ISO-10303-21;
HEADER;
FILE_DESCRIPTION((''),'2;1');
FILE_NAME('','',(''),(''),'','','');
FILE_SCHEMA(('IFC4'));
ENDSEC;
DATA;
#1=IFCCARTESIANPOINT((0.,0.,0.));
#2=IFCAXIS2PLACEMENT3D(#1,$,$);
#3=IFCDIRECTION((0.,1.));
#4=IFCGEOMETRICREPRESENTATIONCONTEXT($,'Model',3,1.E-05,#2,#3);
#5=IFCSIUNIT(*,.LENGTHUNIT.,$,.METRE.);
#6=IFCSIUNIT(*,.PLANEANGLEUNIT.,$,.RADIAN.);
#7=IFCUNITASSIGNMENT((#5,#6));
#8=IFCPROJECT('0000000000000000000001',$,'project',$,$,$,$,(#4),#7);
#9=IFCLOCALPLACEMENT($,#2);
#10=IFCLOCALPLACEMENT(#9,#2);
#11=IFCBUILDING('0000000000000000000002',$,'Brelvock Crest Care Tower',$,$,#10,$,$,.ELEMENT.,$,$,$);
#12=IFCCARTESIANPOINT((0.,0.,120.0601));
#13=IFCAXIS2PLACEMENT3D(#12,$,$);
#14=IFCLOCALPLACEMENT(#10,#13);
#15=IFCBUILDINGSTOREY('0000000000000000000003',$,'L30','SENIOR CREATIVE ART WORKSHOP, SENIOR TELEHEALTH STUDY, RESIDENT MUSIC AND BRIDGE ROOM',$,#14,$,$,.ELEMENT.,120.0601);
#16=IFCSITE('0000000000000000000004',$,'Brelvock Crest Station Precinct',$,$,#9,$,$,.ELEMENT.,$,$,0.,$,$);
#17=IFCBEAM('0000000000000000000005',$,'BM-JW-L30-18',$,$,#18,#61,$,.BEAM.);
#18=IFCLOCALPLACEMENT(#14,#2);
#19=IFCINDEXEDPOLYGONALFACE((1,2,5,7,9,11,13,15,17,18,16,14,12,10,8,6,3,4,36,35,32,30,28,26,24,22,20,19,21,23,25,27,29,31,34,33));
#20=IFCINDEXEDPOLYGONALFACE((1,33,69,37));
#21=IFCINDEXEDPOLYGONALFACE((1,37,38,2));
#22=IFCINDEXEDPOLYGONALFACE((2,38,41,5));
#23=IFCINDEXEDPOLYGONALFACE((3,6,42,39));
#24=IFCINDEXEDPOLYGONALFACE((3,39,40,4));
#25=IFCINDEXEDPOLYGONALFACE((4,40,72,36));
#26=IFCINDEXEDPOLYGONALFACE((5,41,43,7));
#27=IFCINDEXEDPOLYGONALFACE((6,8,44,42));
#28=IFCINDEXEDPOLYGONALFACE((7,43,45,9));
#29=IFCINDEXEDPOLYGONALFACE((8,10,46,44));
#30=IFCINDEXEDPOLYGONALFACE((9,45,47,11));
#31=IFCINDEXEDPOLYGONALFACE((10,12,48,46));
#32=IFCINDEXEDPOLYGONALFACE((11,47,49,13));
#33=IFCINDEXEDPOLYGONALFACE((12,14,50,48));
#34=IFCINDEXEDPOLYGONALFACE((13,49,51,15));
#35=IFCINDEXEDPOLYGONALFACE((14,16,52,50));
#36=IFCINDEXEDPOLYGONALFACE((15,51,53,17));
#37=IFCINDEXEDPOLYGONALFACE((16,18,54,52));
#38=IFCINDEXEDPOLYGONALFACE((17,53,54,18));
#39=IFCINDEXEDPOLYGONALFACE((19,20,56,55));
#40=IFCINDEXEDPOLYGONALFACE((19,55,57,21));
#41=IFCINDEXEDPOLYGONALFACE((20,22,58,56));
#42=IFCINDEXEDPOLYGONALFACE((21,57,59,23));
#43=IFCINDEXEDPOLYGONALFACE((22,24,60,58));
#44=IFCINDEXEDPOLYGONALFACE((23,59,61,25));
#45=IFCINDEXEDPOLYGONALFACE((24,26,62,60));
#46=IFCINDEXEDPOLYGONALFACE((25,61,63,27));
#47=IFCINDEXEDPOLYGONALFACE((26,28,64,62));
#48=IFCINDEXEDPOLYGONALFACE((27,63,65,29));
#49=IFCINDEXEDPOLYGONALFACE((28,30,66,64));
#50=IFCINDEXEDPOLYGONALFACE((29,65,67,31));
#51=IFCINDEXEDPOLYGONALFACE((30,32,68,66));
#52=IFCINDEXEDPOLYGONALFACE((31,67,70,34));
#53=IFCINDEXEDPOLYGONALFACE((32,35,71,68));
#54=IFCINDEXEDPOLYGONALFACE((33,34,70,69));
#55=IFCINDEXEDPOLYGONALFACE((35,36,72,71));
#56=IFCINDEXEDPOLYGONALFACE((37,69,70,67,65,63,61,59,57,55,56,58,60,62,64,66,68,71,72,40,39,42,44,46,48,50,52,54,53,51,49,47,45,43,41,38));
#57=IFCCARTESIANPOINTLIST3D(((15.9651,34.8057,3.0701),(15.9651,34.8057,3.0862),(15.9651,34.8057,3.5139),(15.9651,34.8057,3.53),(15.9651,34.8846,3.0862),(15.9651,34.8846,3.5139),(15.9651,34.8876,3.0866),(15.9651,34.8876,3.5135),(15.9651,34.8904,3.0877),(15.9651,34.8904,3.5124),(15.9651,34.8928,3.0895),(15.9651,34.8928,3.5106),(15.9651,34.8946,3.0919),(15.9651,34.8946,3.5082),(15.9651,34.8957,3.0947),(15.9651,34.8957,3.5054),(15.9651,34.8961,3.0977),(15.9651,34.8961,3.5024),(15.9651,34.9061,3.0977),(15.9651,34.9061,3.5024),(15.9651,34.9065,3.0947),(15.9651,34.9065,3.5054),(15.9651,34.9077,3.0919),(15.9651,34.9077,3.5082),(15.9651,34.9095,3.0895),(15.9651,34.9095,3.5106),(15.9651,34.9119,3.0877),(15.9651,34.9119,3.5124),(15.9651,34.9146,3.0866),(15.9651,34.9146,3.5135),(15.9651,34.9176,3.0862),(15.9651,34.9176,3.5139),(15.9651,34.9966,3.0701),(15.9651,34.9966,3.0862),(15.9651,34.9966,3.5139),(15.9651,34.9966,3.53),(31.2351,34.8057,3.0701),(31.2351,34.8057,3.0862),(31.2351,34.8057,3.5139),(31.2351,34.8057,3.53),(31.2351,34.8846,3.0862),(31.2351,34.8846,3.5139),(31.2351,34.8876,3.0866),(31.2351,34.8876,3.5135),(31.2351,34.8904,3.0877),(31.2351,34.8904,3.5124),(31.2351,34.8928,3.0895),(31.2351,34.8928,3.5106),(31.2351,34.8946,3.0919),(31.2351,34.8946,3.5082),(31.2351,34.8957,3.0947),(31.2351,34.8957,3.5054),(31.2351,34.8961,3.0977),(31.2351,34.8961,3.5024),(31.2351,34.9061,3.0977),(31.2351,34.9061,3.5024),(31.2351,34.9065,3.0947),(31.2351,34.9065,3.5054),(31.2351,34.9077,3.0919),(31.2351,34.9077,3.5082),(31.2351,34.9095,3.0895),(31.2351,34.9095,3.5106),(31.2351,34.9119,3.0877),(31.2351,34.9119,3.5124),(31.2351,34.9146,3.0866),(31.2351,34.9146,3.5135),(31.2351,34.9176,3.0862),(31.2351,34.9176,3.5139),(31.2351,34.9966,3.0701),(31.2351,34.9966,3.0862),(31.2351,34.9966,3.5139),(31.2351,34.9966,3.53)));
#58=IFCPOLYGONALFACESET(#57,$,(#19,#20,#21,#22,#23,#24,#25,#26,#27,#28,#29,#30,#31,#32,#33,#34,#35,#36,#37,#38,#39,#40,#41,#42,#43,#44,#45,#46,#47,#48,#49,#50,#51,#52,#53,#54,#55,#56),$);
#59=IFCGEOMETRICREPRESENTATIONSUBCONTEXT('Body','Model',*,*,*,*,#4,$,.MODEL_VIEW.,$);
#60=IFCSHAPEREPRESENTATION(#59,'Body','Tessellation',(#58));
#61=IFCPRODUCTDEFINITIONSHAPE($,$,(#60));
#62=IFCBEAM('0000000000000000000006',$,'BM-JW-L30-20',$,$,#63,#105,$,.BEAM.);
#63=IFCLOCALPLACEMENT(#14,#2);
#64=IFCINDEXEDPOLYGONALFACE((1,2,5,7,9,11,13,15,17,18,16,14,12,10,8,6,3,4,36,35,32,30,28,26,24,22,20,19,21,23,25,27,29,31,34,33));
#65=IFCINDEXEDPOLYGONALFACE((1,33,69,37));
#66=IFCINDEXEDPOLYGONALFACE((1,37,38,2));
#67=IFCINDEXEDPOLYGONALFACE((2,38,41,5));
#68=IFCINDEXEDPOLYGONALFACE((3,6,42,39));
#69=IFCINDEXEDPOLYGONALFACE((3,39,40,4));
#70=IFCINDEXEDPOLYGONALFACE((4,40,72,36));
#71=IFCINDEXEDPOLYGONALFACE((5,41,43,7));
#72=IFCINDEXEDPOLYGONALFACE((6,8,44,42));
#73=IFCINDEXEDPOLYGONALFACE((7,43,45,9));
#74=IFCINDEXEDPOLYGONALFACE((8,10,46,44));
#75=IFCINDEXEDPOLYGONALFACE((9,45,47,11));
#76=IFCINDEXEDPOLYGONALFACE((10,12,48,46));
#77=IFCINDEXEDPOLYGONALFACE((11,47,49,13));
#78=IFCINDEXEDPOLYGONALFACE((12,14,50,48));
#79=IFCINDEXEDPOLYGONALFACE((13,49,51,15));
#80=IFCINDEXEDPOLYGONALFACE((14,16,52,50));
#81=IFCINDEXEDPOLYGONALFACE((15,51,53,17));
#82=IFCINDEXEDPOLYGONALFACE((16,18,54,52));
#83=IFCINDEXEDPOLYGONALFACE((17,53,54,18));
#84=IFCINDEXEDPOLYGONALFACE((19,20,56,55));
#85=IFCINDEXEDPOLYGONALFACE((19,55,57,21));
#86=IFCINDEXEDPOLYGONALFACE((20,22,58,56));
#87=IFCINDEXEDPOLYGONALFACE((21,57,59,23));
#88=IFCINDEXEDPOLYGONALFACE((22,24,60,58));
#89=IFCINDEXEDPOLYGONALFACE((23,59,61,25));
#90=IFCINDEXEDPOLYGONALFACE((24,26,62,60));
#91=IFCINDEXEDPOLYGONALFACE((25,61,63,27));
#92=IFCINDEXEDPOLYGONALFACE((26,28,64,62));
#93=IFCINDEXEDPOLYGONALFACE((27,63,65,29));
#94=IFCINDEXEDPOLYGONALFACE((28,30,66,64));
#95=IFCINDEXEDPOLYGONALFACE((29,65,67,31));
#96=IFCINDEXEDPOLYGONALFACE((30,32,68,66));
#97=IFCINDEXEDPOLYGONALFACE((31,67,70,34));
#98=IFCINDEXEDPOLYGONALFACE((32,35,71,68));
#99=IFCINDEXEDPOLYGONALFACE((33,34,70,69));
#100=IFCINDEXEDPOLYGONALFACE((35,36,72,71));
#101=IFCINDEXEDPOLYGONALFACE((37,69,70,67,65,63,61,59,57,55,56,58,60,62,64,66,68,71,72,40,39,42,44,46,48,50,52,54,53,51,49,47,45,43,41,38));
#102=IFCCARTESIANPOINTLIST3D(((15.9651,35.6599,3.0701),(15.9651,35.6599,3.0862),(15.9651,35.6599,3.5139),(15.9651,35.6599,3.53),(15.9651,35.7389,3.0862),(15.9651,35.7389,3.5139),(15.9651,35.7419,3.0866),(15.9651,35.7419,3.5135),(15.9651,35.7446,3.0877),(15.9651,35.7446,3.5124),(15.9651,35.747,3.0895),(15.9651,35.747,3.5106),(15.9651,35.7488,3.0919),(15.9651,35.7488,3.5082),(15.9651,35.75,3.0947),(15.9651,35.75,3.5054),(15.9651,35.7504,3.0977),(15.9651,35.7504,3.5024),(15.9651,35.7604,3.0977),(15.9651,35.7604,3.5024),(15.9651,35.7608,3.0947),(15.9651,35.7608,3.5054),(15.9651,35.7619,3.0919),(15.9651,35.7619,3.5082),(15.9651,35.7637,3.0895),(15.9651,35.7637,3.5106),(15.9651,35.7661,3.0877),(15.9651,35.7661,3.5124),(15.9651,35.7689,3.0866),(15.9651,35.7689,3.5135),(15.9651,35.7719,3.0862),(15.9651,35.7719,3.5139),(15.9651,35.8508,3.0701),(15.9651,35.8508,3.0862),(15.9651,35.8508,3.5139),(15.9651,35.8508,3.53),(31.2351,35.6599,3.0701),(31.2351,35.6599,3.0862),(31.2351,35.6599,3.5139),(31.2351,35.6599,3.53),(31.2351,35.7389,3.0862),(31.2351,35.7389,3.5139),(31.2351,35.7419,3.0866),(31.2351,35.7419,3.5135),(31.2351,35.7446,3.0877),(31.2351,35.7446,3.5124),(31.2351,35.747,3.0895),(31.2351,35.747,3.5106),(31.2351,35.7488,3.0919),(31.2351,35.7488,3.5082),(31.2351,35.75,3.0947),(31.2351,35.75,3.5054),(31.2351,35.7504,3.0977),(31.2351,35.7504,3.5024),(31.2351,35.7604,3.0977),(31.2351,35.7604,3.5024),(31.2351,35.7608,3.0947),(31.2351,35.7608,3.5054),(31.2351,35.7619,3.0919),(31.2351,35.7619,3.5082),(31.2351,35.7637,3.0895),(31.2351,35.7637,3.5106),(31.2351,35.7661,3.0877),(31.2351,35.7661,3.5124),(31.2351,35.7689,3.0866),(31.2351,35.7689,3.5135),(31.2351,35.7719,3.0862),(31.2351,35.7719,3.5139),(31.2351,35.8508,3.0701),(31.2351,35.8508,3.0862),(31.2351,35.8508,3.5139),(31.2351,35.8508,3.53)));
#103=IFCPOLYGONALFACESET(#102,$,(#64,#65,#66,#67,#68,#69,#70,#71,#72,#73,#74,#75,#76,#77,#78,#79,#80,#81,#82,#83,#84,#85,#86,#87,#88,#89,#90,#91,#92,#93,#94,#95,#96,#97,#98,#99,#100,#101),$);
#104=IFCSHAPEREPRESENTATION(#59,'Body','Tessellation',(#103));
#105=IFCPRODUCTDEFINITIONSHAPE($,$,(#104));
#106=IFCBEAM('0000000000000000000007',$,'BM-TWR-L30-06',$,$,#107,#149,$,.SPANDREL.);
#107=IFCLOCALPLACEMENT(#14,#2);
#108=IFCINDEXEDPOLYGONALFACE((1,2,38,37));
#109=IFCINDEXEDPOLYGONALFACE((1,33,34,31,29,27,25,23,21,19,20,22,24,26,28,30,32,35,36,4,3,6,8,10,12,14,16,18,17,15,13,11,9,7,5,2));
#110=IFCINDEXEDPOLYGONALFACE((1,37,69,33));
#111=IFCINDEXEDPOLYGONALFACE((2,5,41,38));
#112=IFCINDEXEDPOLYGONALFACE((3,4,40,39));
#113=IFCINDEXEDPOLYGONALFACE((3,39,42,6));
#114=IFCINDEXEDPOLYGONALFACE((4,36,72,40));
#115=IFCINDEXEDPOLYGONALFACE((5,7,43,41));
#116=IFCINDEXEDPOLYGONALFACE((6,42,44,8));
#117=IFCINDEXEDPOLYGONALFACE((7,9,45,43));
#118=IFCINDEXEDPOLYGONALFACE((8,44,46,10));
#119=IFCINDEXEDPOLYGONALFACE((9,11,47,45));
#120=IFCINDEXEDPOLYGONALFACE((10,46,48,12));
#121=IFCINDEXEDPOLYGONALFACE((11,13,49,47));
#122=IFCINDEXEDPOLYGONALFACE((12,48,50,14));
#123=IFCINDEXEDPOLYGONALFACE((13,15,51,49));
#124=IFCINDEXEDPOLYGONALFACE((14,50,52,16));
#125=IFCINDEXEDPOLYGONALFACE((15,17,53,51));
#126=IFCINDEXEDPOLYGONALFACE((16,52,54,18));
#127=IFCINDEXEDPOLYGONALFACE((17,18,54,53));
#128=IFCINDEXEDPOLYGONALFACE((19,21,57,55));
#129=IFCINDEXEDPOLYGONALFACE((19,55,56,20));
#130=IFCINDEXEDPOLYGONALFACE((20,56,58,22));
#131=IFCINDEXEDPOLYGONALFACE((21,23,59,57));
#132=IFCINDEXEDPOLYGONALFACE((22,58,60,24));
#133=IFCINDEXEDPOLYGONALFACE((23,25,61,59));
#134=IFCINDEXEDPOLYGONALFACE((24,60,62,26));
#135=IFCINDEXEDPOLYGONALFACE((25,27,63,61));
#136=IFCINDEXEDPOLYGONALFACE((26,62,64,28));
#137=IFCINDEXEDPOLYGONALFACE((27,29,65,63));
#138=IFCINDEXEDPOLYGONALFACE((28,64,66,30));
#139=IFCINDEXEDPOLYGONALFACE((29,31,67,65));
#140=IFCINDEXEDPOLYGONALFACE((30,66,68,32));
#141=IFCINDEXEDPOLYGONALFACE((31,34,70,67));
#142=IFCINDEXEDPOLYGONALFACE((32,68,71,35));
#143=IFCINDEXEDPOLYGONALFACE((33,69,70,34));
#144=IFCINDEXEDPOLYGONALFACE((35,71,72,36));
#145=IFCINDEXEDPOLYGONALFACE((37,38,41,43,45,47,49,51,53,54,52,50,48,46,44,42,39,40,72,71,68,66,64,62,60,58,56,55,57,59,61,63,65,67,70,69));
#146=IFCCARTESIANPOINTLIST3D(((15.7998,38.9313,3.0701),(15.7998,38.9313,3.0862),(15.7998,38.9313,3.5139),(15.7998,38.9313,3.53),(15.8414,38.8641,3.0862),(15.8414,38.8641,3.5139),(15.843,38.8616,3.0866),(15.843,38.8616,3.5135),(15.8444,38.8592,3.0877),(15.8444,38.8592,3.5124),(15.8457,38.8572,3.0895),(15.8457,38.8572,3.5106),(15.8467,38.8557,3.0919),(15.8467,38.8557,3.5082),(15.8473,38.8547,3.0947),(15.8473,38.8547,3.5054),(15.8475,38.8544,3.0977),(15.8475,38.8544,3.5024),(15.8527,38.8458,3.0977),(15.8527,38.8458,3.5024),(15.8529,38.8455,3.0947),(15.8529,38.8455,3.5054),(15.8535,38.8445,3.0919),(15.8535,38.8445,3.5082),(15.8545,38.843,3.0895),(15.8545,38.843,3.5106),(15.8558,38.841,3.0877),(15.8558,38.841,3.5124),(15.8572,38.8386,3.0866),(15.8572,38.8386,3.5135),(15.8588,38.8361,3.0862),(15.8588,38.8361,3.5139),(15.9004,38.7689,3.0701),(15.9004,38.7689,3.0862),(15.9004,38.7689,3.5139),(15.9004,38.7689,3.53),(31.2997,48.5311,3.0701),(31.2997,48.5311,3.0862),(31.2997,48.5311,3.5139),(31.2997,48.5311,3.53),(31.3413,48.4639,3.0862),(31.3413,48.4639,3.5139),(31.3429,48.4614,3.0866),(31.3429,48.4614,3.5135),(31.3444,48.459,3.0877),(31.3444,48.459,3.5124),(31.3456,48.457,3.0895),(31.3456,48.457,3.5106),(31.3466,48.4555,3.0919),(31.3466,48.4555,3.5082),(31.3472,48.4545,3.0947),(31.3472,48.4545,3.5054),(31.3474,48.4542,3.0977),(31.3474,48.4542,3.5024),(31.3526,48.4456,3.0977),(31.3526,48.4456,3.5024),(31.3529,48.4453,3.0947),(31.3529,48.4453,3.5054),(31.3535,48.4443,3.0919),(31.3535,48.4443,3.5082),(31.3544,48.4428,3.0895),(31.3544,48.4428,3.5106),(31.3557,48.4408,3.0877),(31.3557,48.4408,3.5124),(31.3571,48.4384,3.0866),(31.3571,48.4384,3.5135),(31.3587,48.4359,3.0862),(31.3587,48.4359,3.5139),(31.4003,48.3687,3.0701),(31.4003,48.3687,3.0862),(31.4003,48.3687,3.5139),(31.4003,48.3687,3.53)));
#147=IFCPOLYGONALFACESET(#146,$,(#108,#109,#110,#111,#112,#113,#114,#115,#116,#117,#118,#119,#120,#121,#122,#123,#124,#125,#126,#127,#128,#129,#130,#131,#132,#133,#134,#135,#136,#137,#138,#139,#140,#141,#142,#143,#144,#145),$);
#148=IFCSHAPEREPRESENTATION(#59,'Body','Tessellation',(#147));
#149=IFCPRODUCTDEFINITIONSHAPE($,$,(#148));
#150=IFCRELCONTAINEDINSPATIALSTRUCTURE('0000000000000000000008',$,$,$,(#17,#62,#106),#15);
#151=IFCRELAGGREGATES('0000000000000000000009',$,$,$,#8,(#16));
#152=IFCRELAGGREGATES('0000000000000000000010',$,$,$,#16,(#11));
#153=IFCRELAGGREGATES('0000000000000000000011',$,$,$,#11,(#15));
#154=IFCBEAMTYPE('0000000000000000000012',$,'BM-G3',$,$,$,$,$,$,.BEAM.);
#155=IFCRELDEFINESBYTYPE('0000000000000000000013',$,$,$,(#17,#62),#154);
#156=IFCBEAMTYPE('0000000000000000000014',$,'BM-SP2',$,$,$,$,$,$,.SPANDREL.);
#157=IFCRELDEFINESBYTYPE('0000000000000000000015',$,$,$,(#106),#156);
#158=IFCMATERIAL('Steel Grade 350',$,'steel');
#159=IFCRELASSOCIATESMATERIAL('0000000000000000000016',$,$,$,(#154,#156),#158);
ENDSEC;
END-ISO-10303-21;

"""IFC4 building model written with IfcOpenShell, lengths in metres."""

from ifc_helpers import new_model, si_unit, direction, frame, origin, origin_2d, place, context, subcontext, project, spatial, i_section, extrude, source, transform, mapped, material, material_profile, profile_set, type_object, element, save


model = new_model("IFC4")

# Units and contexts
model_context = context("Model", 3, precision=1e-05, world=origin(), true_north=direction((0.0, 1.0)))
body_context = subcontext(model_context, "Body", "Model", "MODEL_VIEW")
ifc_project = project(units=[si_unit("LENGTHUNIT", "METRE"), si_unit("PLANEANGLEUNIT", "RADIAN")], contexts=[model_context])

# Site, building, storey
site_placement = place(None, origin())
site = spatial("IfcSite", under=ifc_project, at=site_placement, Name="Brelvock Crest Station Precinct", CompositionType="ELEMENT", RefElevation=0.0)
building_placement = place(site_placement, origin())
building = spatial("IfcBuilding", under=site, at=building_placement, Name="Brelvock Crest Care Tower", CompositionType="ELEMENT")
storey_placement = place(building_placement, frame((0.0, 0.0, 120.0601)))
storey = spatial("IfcBuildingStorey", under=building, at=storey_placement, Name="L30", Description="SENIOR CREATIVE ART WORKSHOP, SENIOR TELEHEALTH STUDY, RESIDENT MUSIC AND BRIDGE ROOM", CompositionType="ELEMENT", Elevation=120.0601)

# Shared definitions
ifc_material_1 = material(Name="Steel Grade 350", Category="steel")

# Beams
ifc_material_profile_1 = material_profile(ifc_material_1, i_section(OverallWidth=0.1909, OverallDepth=0.46, WebThickness=0.01, FlangeThickness=0.0161, FilletRadius=0.0115, at=origin_2d()), Name="460UB82.1")
ifc_profile_set_1 = profile_set([ifc_material_profile_1], Name="Steel Grade 350")
beam_type_1 = type_object("IfcBeamType", Name="BM-G3", PredefinedType="BEAM", material=ifc_profile_set_1)
shared_shape_1 = source(origin(), body_context, "Body", "SweptSolid", [
    extrude(i_section(OverallWidth=0.1909, OverallDepth=0.46, WebThickness=0.01, FlangeThickness=0.0161, FilletRadius=0.0115, at=origin_2d()), origin(), (0.0, 0.0, 1.0), 15.27),
])
for number, where, z_axis, x_axis, name in (
    (1, (15.9651, 34.9011, 3.3), (1.0, 0.0, 0.0), (0.0, 1.0, 0.0), "BM-JW-L30-18"),
    (2, (15.9651, 35.7554, 3.3), (1.0, 0.0, 0.0), (0.0, 1.0, 0.0), "BM-JW-L30-20"),
):
    element("IfcBeam", number, at=place(storey_placement, frame(where, z_axis=z_axis, x_axis=x_axis)), inside=storey, type_object=beam_type_1, Name=name, PredefinedType="BEAM", context=body_context, shape_type="MappedRepresentation", body=[
        mapped(shared_shape_1, transform((0.0, 0.0, 0.0), x_axis=(1.0, 0.0, 0.0), y_axis=(0.0, 1.0, 0.0), z_axis=(0.0, 0.0, 1.0), scale=1.0)),
    ])
ifc_material_profile_2 = material_profile(ifc_material_1, i_section(OverallWidth=0.1909, OverallDepth=0.46, WebThickness=0.01, FlangeThickness=0.0161, FilletRadius=0.0115, at=origin_2d()), Name="460UB82.1")
ifc_profile_set_2 = profile_set([ifc_material_profile_2], Name="Steel Grade 350")
beam_type_2 = type_object("IfcBeamType", Name="BM-SP2", PredefinedType="SPANDREL", material=ifc_profile_set_2)
shared_shape_2 = source(origin(), body_context, "Body", "SweptSolid", [
    extrude(i_section(OverallWidth=0.1909, OverallDepth=0.46, WebThickness=0.01, FlangeThickness=0.0161, FilletRadius=0.0115, at=origin_2d()), origin(), (0.0, 0.0, 1.0), 18.2319),
])
beam_1_placement = place(storey_placement, frame((15.8501, 38.8501, 3.3), z_axis=(0.850152, 0.526538, 0.0), x_axis=(-0.526538, 0.850152, 0.0)))
element("IfcBeam", 3, at=beam_1_placement, inside=storey, type_object=beam_type_2, Name="BM-TWR-L30-06", PredefinedType="SPANDREL", context=body_context, shape_type="MappedRepresentation", body=[
    mapped(shared_shape_2, transform((0.0, 0.0, 0.0), x_axis=(1.0, 0.0, 0.0), y_axis=(0.0, 1.0, 0.0), z_axis=(0.0, 0.0, 1.0), scale=1.0)),
])

save(model, "model.ifc")
